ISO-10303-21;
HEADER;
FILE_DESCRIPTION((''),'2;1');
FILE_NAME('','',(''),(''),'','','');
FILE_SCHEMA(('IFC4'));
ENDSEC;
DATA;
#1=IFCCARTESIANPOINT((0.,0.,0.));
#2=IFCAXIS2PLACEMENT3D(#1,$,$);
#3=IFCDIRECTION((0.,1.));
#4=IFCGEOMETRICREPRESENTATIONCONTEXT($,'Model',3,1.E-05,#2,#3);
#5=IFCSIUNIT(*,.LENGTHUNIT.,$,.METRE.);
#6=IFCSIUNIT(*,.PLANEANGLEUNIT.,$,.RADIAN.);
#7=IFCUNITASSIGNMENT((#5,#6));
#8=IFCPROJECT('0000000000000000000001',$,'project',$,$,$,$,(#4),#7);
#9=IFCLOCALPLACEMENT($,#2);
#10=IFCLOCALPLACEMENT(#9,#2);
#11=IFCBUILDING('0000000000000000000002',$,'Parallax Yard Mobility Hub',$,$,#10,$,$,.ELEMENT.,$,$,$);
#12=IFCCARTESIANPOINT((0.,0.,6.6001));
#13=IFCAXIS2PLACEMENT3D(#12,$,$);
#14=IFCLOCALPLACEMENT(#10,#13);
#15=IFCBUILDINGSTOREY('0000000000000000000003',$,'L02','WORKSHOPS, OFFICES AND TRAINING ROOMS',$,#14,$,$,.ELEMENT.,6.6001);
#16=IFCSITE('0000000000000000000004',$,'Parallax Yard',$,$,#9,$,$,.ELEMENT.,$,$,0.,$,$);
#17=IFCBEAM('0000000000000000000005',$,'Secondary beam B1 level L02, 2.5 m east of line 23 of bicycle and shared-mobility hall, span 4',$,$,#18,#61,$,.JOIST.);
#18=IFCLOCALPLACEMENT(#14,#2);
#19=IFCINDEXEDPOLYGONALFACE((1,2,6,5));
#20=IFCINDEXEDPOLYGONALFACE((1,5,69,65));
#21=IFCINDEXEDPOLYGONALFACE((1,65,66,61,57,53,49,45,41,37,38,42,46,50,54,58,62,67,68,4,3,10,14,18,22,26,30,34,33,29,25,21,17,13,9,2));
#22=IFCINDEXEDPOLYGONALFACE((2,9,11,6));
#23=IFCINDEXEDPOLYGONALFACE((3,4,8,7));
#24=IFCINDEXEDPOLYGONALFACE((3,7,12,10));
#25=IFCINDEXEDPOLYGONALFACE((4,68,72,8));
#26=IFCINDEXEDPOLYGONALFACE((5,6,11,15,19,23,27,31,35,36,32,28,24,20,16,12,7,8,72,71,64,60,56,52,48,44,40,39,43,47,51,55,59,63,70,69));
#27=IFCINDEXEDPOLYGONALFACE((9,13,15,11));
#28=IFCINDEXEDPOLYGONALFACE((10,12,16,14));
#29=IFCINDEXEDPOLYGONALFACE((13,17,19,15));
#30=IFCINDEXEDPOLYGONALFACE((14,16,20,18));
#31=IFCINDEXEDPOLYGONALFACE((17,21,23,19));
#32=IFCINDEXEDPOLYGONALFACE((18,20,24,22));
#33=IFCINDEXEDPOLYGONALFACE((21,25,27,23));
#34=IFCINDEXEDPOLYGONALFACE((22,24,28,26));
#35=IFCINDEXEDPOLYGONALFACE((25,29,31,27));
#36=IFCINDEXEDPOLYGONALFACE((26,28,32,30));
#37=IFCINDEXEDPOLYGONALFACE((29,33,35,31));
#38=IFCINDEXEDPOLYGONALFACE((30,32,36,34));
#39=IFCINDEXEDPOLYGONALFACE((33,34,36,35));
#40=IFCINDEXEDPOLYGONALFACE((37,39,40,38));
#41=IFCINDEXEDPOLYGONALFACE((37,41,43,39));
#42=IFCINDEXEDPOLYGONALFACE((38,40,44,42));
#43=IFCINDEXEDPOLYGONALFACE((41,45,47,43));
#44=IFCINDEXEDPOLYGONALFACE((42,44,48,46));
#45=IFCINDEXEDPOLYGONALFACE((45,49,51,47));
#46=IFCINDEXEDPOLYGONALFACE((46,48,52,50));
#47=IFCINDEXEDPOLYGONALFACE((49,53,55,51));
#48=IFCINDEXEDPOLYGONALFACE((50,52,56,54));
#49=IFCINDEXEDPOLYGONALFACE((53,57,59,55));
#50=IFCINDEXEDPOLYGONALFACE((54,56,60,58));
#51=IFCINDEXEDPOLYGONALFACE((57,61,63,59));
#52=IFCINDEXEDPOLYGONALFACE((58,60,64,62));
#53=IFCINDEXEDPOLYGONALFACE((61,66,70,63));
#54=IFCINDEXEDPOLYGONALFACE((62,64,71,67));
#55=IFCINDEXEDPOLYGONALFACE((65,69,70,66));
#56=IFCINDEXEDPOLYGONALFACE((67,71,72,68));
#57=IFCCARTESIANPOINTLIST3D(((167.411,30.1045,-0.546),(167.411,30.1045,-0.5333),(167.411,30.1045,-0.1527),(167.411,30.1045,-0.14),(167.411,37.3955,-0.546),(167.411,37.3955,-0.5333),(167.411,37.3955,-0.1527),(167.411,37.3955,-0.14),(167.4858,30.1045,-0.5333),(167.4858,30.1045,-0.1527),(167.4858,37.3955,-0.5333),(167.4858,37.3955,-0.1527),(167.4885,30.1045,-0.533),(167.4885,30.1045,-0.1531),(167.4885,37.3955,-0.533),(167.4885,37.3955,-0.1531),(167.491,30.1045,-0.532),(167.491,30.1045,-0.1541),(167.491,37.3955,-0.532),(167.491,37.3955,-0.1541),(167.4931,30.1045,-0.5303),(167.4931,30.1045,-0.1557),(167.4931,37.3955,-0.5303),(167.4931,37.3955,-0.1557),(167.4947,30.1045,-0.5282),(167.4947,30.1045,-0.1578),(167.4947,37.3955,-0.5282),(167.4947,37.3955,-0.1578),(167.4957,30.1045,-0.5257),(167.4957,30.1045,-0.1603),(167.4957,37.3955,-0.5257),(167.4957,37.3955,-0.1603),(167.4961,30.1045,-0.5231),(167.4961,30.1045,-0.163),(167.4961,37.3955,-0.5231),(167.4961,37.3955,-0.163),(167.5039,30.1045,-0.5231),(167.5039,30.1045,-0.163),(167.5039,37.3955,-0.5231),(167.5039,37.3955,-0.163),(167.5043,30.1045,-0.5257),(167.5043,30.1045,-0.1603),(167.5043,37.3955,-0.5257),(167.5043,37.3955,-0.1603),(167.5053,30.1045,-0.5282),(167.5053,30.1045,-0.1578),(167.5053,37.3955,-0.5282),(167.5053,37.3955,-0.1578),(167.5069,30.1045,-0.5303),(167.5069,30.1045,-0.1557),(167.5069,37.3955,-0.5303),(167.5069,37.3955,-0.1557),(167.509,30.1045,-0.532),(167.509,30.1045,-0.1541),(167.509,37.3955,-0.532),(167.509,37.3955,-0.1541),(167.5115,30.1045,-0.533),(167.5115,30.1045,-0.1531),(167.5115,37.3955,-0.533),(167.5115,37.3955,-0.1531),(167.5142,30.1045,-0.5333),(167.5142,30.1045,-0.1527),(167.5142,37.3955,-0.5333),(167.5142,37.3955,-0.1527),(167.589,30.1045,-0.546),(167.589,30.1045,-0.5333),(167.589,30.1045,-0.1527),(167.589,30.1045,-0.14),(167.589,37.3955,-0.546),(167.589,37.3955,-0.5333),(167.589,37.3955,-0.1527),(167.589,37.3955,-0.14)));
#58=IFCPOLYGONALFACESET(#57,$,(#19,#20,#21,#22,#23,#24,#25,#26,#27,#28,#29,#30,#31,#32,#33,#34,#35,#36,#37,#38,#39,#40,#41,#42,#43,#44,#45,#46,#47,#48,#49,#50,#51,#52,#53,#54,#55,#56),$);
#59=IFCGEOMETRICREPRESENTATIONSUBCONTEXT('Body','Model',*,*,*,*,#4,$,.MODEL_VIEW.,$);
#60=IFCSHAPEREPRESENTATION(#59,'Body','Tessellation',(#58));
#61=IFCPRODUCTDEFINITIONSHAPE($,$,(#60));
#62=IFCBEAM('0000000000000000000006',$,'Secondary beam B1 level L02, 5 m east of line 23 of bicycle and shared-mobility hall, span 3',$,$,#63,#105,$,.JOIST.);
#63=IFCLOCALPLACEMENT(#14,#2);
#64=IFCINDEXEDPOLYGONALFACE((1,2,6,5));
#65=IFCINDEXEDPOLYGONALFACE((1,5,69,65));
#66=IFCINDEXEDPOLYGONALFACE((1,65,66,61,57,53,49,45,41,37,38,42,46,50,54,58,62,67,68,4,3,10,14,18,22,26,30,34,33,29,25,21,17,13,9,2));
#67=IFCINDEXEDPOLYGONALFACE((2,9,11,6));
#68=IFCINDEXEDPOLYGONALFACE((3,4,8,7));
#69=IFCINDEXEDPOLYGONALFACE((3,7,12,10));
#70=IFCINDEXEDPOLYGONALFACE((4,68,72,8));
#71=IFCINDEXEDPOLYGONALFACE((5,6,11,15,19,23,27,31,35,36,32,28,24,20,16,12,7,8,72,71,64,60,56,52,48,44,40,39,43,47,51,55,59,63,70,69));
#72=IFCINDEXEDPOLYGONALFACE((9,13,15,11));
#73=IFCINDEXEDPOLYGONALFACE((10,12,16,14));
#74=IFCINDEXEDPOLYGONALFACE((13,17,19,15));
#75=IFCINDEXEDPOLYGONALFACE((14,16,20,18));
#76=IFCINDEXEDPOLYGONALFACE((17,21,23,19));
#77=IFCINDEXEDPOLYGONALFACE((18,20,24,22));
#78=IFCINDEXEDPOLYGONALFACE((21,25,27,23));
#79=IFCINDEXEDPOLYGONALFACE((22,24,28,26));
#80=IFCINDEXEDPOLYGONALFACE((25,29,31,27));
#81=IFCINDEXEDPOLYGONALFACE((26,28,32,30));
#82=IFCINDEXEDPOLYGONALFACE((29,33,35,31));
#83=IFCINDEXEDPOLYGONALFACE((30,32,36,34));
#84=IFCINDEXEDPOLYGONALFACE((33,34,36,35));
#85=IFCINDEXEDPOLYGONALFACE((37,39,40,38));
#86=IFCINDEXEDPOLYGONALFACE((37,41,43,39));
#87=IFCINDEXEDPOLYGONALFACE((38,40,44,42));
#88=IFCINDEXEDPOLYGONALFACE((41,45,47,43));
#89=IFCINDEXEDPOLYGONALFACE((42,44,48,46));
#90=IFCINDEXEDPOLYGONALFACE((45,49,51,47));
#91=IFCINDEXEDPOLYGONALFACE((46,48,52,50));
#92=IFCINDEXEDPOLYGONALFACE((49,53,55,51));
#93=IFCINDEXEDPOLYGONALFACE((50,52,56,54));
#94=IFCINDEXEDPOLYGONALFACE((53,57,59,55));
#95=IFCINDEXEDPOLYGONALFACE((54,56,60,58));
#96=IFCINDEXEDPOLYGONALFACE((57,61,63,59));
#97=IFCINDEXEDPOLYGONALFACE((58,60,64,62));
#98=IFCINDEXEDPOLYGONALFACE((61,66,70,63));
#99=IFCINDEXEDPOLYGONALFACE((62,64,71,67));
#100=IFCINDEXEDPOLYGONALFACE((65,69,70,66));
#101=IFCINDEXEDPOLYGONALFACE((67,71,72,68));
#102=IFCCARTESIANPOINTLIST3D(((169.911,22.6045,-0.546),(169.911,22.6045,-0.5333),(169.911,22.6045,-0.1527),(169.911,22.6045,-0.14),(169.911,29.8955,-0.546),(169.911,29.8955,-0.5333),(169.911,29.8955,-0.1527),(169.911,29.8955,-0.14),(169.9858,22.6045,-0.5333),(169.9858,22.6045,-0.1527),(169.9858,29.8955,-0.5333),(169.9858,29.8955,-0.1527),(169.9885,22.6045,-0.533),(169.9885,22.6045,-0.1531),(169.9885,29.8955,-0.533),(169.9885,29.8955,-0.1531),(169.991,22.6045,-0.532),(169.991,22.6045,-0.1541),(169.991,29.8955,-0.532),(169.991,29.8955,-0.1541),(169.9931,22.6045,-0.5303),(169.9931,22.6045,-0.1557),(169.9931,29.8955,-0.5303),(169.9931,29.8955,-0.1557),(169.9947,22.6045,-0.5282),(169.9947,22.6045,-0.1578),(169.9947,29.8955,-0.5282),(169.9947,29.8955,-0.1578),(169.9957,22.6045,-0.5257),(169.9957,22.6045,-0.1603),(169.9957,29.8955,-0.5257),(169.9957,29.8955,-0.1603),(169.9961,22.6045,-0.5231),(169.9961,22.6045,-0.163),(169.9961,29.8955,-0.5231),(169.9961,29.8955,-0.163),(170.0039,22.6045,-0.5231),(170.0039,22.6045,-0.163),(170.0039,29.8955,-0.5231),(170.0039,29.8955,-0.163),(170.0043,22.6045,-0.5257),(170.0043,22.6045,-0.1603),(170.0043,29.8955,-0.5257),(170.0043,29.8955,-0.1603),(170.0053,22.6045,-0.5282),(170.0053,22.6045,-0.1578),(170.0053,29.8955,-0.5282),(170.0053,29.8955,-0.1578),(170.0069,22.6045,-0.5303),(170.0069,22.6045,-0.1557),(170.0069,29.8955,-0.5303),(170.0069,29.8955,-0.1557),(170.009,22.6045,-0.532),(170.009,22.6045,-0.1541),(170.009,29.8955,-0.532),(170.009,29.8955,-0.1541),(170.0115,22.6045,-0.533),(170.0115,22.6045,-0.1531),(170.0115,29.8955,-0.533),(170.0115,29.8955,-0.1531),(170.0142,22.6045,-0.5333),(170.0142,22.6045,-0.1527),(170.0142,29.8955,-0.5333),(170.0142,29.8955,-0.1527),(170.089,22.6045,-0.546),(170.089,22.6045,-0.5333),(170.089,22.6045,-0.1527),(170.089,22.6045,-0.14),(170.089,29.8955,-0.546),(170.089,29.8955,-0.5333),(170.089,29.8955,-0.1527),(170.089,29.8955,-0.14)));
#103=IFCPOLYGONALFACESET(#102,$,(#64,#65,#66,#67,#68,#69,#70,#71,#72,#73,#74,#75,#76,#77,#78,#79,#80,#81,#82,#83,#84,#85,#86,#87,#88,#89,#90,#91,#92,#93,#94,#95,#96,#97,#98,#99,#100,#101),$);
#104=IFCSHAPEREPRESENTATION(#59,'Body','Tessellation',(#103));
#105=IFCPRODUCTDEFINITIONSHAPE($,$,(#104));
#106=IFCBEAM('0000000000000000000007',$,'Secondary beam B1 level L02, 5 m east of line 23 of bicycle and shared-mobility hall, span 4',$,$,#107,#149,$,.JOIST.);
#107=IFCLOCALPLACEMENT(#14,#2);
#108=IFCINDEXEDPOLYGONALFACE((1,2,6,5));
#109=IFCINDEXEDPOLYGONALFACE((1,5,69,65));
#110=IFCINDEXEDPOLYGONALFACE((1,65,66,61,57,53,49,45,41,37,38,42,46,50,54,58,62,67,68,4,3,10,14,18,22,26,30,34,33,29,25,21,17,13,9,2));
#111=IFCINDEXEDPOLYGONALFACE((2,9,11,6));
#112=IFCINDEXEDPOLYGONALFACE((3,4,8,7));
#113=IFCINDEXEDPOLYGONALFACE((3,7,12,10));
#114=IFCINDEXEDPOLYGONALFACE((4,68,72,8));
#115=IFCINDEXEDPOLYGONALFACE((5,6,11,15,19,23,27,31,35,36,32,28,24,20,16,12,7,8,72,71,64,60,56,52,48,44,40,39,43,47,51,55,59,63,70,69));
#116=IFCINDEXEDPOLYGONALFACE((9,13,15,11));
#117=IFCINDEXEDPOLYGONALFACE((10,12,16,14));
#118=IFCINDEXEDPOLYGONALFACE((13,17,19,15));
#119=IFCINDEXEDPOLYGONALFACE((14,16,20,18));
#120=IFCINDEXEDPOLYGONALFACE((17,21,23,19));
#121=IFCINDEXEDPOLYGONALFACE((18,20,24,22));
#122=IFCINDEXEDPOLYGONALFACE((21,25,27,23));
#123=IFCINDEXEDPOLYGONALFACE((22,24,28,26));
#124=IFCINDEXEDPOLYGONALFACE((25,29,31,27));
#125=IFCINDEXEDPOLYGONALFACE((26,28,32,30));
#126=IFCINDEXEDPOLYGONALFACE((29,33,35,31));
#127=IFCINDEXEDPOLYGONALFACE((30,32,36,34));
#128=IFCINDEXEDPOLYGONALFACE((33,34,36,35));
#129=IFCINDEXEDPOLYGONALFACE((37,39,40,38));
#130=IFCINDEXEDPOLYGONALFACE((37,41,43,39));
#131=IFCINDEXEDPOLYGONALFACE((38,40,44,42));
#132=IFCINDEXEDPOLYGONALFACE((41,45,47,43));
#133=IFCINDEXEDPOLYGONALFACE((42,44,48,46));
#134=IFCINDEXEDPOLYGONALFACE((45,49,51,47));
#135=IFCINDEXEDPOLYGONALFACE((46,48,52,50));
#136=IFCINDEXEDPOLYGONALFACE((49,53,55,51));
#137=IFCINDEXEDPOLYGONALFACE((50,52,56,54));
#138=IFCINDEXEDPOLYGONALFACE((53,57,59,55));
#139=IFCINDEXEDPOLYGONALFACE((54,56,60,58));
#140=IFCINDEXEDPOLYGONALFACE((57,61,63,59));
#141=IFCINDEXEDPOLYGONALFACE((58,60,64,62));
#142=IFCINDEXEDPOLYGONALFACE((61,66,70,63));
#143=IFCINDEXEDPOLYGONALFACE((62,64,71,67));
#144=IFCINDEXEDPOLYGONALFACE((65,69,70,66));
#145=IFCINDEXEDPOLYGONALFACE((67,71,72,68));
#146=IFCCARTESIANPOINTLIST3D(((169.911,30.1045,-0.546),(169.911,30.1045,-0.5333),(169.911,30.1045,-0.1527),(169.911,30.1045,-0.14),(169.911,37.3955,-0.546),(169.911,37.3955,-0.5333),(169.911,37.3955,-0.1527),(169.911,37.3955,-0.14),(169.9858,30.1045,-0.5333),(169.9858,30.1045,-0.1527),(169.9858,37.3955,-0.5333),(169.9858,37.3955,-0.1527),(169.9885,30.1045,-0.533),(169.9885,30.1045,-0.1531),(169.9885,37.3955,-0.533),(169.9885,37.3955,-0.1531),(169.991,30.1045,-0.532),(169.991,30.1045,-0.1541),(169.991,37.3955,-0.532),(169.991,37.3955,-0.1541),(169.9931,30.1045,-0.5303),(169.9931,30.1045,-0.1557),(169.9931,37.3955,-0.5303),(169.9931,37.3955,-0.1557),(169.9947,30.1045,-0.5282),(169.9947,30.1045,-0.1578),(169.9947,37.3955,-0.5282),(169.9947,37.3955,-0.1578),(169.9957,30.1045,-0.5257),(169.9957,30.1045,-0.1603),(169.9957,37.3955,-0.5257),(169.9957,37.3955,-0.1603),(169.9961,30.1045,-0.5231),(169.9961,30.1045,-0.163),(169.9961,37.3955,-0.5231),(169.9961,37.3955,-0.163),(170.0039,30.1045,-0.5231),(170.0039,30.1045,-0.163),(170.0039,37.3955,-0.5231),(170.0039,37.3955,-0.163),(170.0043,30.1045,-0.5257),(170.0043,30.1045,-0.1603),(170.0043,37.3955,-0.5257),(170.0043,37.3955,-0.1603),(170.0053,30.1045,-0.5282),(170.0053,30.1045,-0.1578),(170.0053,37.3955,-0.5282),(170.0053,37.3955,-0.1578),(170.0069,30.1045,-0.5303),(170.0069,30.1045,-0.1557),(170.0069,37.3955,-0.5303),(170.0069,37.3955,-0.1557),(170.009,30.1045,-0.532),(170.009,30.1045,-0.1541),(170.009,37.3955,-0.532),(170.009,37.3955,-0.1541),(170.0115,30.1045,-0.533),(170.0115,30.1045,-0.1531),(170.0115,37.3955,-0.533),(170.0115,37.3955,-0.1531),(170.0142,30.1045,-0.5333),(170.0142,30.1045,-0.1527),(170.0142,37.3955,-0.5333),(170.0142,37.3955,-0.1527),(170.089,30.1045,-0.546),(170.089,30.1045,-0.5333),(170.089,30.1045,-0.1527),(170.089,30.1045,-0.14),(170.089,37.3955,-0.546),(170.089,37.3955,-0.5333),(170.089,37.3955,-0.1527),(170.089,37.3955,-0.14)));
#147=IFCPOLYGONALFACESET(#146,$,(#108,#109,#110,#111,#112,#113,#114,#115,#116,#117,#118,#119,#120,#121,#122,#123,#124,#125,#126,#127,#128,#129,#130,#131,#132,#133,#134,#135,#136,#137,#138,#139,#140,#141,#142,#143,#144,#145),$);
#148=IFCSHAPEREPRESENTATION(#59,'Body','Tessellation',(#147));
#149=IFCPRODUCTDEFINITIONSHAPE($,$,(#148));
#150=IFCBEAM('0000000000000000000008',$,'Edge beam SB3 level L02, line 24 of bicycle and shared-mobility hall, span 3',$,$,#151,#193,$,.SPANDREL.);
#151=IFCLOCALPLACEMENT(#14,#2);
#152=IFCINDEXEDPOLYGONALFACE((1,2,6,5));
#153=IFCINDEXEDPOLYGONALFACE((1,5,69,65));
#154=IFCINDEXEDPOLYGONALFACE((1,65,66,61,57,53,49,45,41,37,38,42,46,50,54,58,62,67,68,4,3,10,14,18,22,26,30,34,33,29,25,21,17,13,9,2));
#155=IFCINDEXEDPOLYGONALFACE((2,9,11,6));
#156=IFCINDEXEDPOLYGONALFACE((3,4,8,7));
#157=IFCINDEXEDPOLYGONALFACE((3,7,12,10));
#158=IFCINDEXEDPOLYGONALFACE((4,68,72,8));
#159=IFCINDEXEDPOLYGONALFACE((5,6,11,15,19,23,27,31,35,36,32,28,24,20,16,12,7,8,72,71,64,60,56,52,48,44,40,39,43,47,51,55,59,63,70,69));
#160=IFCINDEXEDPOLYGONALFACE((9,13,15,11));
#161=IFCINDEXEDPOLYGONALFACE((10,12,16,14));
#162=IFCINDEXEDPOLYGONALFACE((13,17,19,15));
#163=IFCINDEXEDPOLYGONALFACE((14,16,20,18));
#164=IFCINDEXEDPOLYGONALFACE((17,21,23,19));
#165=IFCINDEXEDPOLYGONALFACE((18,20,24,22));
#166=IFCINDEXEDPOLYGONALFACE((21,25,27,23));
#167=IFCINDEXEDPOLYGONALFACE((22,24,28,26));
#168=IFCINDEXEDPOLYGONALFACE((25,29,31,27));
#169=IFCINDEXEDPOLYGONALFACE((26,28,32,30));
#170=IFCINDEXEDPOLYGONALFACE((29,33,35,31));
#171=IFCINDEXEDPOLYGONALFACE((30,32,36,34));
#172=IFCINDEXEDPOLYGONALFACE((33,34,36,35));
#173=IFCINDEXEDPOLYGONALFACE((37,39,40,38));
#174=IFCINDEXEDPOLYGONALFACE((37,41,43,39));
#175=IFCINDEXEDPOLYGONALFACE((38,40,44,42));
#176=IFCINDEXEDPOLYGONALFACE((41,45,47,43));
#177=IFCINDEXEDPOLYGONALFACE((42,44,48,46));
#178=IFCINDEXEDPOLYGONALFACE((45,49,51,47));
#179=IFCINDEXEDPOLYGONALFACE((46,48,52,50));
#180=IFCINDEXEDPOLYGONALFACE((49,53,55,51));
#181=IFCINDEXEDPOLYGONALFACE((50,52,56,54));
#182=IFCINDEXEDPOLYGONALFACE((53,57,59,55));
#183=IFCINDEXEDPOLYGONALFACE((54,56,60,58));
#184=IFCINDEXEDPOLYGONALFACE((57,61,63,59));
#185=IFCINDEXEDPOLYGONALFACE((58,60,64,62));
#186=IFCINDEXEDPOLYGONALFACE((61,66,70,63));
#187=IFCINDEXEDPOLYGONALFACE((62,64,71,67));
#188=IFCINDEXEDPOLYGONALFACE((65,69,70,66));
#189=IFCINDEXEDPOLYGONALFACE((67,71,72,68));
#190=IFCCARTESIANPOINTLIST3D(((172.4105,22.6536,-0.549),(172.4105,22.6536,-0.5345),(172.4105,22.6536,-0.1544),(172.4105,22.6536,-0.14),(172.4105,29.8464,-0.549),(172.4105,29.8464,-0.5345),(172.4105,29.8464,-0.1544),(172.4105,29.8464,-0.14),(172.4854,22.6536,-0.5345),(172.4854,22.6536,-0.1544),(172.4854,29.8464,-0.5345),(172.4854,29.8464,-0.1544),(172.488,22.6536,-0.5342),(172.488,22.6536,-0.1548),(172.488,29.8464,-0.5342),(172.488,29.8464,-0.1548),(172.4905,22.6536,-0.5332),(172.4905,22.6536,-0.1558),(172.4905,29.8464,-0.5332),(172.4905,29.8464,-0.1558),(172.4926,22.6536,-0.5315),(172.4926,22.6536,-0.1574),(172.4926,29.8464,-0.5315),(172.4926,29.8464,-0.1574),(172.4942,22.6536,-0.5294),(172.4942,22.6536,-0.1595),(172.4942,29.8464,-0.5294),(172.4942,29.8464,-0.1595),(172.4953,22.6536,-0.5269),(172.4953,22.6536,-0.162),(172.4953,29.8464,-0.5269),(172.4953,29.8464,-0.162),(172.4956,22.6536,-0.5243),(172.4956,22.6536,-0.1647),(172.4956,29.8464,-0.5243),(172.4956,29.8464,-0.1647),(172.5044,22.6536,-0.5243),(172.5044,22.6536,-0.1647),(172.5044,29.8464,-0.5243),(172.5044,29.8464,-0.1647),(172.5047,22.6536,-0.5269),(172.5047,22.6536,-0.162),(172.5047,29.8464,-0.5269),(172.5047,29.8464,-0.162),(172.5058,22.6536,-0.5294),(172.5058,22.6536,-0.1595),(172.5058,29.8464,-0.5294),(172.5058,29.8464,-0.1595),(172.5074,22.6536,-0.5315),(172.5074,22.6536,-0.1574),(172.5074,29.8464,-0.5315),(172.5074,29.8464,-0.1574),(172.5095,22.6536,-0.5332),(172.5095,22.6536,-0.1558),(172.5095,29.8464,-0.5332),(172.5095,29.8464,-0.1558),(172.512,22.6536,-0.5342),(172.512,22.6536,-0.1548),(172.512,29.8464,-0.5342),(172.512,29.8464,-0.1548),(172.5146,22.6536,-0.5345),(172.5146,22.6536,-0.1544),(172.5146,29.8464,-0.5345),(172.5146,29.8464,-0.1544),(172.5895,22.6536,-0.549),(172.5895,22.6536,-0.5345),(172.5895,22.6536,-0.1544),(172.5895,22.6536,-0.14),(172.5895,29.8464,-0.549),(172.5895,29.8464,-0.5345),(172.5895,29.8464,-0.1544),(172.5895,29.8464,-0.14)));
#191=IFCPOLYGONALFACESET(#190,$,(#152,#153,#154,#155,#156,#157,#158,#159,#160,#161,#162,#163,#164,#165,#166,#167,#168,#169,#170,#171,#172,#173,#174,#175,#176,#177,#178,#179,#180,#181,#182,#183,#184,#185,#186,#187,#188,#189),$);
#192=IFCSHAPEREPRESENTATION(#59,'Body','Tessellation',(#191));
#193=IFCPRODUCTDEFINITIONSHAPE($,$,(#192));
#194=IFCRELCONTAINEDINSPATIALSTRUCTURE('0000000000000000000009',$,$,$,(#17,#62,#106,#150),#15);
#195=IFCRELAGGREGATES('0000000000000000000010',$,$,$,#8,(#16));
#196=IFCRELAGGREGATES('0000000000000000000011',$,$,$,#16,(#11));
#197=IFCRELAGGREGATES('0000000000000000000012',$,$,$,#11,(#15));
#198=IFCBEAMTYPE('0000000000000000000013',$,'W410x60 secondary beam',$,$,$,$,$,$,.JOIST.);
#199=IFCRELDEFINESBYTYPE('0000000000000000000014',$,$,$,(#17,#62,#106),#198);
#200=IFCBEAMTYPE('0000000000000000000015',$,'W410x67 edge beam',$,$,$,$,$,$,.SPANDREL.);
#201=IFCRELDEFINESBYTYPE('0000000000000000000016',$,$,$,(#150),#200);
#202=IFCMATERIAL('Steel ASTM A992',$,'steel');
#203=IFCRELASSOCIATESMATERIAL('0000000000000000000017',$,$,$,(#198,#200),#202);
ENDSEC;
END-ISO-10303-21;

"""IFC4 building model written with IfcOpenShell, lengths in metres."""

from ifc_helpers import new_model, si_unit, direction, frame, origin, origin_2d, place, context, subcontext, project, spatial, i_section, extrude, material, material_profile, profile_set, type_object, element, save


model = new_model("IFC4")

# Units and contexts
model_context = context("Model", 3, precision=1e-05, world=origin(), true_north=direction((0.0, 1.0)))
body_context = subcontext(model_context, "Body", "Model", "MODEL_VIEW")
ifc_project = project(units=[si_unit("LENGTHUNIT", "METRE"), si_unit("PLANEANGLEUNIT", "RADIAN")], contexts=[model_context])

# Site, building, storey
site_placement = place(None, origin())
site = spatial("IfcSite", under=ifc_project, at=site_placement, Name="Parallax Yard", CompositionType="ELEMENT", RefElevation=0.0)
building_placement = place(site_placement, origin())
building = spatial("IfcBuilding", under=site, at=building_placement, Name="Parallax Yard Mobility Hub", CompositionType="ELEMENT")
storey_placement = place(building_placement, frame((0.0, 0.0, 6.6001)))
storey = spatial("IfcBuildingStorey", under=building, at=storey_placement, Name="L02", Description="WORKSHOPS, OFFICES AND TRAINING ROOMS", CompositionType="ELEMENT", Elevation=6.6001)

# Shared definitions
ifc_material_1 = material(Name="Steel ASTM A992", Category="steel")

# Beams
ifc_material_profile_1 = material_profile(ifc_material_1, i_section(OverallWidth=0.178, OverallDepth=0.406, WebThickness=0.0078, FlangeThickness=0.0127, FilletRadius=0.0103, at=origin_2d()), Name="W410x60")
ifc_profile_set_1 = profile_set([ifc_material_profile_1], Name="Steel ASTM A992")
beam_type_1 = type_object("IfcBeamType", Name="W410x60 secondary beam", PredefinedType="JOIST", material=ifc_profile_set_1)
for number, where, z_axis, x_axis, name in (
    (1, (167.5, 30.1045, -0.343), (0.0, 1.0, 0.0), (-1.0, 0.0, 0.0), "Secondary beam B1 level L02, 2.5 m east of line 23 of bicycle and shared-mobility hall, span 4"),
    (2, (170.0, 22.6045, -0.343), (0.0, 1.0, 0.0), (-1.0, 0.0, 0.0), "Secondary beam B1 level L02, 5 m east of line 23 of bicycle and shared-mobility hall, span 3"),
    (3, (170.0, 30.1045, -0.343), (0.0, 1.0, 0.0), (-1.0, 0.0, 0.0), "Secondary beam B1 level L02, 5 m east of line 23 of bicycle and shared-mobility hall, span 4"),
):
    element("IfcBeam", number, at=place(storey_placement, frame(where, z_axis=z_axis, x_axis=x_axis)), inside=storey, type_object=beam_type_1, Name=name, PredefinedType="JOIST", context=body_context, shape_type="SweptSolid", body=[
        extrude(i_section(OverallWidth=0.178, OverallDepth=0.406, WebThickness=0.0078, FlangeThickness=0.0127, FilletRadius=0.0103, at=origin_2d()), origin(), (0.0, 0.0, 1.0), 7.291),
    ])
ifc_material_profile_2 = material_profile(ifc_material_1, i_section(OverallWidth=0.179, OverallDepth=0.4089, WebThickness=0.0088, FlangeThickness=0.0144, FilletRadius=0.0103, at=origin_2d()), Name="W410x67")
ifc_profile_set_2 = profile_set([ifc_material_profile_2], Name="Steel ASTM A992")
beam_type_2 = type_object("IfcBeamType", Name="W410x67 edge beam", PredefinedType="SPANDREL", material=ifc_profile_set_2)
for number, where, z_axis, x_axis, name in (
    (4, (172.5, 22.6536, -0.3445), (0.0, 1.0, 0.0), (-1.0, 0.0, 0.0), "Edge beam SB3 level L02, line 24 of bicycle and shared-mobility hall, span 3"),
):
    element("IfcBeam", number, at=place(storey_placement, frame(where, z_axis=z_axis, x_axis=x_axis)), inside=storey, type_object=beam_type_2, Name=name, PredefinedType="SPANDREL", context=body_context, shape_type="SweptSolid", body=[
        extrude(i_section(OverallWidth=0.179, OverallDepth=0.4089, WebThickness=0.0088, FlangeThickness=0.0144, FilletRadius=0.0103, at=origin_2d()), origin(), (0.0, 0.0, 1.0), 7.1929),
    ])

save(model, "model.ifc")
